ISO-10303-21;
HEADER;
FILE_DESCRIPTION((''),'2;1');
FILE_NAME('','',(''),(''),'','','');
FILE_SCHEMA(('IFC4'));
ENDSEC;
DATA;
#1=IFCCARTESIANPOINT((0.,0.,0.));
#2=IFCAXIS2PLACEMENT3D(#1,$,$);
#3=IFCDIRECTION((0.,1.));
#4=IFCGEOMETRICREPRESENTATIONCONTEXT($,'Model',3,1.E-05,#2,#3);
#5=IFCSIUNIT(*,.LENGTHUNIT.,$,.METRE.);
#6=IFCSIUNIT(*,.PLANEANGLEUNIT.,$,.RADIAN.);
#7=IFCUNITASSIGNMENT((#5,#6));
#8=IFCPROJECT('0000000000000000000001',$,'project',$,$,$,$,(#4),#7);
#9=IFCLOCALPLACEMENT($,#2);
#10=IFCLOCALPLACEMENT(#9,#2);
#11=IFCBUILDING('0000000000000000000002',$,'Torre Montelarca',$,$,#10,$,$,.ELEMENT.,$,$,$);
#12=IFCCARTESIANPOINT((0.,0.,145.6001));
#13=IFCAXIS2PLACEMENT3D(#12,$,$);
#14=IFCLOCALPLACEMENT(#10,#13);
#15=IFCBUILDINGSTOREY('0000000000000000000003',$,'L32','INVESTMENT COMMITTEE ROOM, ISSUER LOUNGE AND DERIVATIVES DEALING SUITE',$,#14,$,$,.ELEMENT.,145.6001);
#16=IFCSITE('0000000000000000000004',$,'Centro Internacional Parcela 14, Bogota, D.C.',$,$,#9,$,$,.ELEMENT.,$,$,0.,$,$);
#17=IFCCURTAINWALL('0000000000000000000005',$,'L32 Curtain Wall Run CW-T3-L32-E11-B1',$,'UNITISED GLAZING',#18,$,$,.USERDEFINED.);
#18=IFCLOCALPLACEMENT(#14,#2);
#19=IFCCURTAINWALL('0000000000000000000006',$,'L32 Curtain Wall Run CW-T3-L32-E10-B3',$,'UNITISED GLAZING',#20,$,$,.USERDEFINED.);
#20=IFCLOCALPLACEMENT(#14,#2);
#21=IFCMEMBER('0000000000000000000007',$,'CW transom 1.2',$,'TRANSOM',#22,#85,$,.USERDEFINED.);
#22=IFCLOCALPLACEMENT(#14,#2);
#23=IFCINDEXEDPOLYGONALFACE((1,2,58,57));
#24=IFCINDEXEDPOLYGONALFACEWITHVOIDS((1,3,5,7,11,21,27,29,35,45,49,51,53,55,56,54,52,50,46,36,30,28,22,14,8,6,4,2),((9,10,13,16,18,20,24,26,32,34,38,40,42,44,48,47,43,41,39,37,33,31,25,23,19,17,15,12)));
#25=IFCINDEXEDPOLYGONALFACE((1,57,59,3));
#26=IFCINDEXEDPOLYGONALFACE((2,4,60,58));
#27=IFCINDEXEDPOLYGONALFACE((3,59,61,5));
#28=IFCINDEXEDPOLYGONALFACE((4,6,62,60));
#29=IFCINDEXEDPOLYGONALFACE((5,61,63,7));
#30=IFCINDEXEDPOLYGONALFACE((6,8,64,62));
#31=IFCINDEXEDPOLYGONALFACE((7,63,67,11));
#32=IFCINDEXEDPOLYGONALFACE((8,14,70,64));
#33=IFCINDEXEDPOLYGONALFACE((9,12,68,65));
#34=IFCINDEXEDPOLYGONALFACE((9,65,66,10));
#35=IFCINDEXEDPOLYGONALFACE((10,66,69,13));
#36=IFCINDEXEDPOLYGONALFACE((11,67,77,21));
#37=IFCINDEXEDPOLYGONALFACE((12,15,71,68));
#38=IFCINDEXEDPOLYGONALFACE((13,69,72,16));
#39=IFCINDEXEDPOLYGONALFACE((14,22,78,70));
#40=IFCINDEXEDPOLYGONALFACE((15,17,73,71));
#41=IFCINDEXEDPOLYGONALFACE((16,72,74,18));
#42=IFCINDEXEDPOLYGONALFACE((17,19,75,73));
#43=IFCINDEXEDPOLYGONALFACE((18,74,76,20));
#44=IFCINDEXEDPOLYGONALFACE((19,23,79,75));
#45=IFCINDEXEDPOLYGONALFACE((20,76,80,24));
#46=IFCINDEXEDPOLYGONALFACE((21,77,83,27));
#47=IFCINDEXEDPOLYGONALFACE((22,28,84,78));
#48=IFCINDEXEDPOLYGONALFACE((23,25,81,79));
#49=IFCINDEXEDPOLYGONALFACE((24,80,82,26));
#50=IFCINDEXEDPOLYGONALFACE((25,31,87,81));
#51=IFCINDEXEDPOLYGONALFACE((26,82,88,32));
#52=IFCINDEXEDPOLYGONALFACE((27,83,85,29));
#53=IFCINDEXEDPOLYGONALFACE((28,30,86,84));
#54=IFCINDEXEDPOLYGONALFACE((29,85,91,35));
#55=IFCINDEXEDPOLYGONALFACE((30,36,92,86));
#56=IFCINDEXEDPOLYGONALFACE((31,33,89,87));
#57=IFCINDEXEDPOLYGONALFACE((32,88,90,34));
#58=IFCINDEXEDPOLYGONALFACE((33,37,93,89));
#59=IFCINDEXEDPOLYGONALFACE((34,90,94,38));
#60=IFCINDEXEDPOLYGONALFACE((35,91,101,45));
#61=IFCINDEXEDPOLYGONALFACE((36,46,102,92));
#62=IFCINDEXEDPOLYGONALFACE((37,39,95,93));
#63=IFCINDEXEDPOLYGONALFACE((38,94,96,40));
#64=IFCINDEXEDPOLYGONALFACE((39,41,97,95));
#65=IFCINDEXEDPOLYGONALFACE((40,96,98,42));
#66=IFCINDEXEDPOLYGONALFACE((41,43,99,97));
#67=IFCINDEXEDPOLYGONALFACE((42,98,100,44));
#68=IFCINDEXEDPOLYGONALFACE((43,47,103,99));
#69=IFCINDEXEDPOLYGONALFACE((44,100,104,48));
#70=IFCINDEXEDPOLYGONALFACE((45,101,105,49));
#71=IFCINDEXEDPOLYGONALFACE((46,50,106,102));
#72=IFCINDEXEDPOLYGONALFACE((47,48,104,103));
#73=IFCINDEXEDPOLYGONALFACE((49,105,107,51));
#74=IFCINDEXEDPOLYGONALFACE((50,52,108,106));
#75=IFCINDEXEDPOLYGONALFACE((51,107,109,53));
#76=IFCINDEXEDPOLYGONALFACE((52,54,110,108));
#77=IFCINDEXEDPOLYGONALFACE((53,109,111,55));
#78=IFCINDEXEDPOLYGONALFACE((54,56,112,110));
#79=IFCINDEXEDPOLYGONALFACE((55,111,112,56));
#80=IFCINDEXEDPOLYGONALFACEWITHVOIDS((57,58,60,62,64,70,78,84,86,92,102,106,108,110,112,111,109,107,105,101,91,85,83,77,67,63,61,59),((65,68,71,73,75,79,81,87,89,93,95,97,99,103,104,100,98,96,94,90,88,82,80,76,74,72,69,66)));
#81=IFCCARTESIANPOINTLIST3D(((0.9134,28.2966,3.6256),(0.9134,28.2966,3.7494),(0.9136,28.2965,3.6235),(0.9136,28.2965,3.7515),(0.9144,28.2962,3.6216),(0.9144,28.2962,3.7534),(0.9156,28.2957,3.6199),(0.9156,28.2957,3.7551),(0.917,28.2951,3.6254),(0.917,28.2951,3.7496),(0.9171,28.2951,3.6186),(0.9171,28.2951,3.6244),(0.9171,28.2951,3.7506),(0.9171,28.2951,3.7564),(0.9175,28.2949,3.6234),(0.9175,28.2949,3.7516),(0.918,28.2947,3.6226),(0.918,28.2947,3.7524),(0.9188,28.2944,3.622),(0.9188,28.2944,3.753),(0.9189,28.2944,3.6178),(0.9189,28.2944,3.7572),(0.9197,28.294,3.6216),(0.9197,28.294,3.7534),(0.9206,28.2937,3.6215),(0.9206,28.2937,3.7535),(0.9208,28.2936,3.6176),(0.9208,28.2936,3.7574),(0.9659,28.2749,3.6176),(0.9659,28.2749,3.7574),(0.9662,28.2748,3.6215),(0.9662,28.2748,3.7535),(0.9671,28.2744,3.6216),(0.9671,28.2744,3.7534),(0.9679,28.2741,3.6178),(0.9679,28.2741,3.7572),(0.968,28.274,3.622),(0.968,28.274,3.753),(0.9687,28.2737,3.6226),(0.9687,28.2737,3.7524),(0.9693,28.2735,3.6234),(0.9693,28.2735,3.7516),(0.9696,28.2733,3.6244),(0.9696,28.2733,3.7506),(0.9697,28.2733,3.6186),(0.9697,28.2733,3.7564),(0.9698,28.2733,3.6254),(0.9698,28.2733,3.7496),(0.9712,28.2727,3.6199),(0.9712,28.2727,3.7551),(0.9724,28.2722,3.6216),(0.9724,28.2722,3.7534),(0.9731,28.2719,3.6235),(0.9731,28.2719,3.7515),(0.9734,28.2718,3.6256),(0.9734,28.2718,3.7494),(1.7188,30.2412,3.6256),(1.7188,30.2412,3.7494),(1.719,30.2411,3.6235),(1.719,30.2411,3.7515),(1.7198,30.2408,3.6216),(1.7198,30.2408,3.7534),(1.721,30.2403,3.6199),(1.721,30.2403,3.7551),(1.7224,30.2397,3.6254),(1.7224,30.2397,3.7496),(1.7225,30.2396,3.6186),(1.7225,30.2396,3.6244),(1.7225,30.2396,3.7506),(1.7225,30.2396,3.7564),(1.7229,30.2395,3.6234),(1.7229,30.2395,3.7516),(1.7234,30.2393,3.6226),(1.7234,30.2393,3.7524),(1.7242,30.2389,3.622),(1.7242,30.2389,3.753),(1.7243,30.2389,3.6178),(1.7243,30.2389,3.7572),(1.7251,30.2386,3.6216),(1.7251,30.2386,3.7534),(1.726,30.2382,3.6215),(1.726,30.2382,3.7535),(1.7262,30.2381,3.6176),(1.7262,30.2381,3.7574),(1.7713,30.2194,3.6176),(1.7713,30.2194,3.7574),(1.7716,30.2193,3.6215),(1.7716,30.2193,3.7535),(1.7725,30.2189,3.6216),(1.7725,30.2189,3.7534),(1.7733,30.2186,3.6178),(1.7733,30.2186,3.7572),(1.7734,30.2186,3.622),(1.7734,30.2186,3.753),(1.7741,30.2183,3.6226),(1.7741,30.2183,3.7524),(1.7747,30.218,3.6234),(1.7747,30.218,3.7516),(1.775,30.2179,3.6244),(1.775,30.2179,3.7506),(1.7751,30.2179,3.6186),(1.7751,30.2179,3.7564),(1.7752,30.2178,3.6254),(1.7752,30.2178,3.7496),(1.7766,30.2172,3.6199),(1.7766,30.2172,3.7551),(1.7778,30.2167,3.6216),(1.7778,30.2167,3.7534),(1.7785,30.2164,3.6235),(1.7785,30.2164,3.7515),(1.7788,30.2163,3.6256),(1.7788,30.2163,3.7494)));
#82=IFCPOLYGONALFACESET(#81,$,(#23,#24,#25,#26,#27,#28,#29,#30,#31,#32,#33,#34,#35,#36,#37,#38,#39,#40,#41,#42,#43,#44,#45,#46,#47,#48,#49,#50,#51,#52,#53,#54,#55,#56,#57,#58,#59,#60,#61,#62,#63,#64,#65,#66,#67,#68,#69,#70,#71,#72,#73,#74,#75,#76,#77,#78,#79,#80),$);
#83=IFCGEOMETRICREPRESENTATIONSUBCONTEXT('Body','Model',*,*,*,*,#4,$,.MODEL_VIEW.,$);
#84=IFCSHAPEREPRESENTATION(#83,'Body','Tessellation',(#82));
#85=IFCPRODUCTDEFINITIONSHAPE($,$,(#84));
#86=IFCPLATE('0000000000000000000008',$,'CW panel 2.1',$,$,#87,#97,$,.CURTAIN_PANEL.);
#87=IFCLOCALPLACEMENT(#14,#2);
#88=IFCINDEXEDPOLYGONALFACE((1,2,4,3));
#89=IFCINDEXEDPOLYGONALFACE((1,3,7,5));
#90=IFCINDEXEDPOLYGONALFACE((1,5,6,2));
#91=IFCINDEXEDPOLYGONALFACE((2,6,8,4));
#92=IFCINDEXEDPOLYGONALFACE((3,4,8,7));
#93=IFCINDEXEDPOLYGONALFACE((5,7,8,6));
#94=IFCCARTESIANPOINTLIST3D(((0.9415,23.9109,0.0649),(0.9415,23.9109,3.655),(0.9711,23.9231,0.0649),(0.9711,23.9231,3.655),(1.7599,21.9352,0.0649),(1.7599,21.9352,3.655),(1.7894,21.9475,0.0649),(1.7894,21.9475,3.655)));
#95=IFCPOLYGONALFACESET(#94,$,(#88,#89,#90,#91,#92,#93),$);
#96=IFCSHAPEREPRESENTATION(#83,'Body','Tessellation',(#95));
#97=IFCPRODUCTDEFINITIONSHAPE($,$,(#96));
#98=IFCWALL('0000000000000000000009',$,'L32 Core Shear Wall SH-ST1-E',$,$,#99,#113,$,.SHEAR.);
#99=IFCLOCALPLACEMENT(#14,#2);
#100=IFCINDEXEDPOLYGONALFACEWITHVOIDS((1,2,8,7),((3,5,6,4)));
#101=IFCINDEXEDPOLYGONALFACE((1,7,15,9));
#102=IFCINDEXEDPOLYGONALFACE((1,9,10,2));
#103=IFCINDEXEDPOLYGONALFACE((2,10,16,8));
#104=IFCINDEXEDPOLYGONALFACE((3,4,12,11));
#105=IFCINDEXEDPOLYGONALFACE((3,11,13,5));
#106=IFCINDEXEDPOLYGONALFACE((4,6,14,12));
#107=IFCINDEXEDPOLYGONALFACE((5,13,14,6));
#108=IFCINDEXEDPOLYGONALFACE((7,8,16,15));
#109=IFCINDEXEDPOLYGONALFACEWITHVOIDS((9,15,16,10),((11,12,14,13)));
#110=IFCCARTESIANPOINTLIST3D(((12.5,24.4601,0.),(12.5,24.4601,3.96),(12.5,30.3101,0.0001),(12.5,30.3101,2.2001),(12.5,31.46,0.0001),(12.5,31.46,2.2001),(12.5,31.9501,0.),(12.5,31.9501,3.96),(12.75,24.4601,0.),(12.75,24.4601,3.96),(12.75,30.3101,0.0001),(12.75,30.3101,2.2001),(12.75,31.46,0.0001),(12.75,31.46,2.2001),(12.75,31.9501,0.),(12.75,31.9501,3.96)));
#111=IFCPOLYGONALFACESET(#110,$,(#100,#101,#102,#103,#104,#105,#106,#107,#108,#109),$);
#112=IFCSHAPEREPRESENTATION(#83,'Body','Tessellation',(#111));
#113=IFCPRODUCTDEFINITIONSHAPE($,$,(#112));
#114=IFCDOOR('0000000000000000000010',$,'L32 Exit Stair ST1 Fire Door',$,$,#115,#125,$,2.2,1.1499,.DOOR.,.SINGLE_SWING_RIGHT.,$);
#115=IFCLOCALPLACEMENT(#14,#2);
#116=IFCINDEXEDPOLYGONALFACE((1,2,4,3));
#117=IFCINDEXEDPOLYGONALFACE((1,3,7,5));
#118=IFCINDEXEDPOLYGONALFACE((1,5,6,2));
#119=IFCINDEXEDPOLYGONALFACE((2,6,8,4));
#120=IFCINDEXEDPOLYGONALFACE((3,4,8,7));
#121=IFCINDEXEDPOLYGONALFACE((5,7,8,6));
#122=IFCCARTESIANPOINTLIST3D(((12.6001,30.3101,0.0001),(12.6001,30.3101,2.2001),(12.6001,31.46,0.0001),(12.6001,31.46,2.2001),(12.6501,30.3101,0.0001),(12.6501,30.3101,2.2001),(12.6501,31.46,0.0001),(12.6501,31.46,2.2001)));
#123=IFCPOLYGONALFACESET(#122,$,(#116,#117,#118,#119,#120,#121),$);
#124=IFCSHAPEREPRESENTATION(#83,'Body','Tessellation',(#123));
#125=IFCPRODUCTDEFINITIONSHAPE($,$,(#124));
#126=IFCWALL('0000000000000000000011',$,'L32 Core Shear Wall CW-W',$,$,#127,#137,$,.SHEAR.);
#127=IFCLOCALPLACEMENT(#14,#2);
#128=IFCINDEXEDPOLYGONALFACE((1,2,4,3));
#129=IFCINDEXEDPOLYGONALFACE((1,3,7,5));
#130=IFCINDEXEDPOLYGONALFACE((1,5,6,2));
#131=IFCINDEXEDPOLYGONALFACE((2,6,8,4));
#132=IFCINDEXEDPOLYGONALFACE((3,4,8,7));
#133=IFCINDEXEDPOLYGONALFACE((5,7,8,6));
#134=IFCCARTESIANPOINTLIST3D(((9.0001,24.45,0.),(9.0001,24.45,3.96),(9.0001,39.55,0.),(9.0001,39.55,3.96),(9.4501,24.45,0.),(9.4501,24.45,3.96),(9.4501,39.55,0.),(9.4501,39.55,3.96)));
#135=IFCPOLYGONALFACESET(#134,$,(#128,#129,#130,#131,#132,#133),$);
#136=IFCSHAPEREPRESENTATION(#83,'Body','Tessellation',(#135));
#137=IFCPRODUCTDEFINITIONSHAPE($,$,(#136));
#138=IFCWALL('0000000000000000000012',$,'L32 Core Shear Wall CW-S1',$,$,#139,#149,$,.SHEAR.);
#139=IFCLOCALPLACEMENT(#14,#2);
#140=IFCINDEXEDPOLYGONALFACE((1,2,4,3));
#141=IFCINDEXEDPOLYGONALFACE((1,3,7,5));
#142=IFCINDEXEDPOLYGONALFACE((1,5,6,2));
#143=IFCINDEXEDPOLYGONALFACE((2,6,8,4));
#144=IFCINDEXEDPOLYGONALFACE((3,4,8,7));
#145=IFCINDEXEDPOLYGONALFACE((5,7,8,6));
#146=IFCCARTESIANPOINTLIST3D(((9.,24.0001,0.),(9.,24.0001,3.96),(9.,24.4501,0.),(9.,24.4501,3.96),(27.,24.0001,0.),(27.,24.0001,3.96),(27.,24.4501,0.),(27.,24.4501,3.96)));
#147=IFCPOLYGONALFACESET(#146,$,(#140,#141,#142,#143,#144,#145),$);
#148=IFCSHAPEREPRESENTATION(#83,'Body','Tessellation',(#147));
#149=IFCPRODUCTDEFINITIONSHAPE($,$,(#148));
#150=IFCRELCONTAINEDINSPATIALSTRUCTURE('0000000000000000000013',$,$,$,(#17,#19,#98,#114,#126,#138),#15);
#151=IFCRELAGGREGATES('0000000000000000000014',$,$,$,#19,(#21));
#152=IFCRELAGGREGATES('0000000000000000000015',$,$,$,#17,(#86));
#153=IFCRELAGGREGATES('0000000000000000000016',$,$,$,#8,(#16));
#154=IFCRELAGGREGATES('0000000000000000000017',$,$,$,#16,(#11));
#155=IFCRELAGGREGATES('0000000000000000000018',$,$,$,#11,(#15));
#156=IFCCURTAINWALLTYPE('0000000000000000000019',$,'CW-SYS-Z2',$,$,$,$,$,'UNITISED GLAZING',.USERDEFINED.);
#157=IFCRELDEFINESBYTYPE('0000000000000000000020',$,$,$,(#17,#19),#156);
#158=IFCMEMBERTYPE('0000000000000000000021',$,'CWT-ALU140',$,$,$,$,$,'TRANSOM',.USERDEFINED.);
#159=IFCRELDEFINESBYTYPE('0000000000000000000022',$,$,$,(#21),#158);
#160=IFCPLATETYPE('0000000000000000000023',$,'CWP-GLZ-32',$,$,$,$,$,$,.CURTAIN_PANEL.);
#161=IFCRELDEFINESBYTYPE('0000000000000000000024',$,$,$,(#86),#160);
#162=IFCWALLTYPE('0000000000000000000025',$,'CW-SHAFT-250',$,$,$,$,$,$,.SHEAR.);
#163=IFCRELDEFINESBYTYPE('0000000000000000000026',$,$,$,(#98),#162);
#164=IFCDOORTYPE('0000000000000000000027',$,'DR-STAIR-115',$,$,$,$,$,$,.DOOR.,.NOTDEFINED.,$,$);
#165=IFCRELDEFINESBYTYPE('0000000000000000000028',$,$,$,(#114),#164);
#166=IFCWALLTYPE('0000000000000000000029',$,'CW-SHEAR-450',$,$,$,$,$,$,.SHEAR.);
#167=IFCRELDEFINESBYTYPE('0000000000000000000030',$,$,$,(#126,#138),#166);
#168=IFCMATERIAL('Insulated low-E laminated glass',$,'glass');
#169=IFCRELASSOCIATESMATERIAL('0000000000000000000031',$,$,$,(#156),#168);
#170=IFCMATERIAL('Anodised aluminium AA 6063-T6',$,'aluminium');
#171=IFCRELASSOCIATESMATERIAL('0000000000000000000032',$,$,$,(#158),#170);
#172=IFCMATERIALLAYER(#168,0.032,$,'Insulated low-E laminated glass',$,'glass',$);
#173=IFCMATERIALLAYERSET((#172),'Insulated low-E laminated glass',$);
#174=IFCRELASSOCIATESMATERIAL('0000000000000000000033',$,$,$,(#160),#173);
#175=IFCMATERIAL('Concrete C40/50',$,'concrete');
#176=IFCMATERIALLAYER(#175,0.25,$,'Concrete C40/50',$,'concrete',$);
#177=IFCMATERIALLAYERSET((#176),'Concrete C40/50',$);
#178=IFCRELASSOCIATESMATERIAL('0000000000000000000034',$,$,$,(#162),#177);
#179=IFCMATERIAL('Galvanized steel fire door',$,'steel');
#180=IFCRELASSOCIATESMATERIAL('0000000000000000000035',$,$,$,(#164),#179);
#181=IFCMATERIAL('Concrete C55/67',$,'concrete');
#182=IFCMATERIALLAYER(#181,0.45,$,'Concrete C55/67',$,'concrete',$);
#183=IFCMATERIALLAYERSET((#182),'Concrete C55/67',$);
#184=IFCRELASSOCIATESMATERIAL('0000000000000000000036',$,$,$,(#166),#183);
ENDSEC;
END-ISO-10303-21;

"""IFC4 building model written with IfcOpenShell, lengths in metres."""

from ifc_helpers import new_model, si_unit, direction, frame, frame_2d, origin, origin_2d, place, context, subcontext, project, spatial, rectangle, hollow_rectangle, extrude, source, transform, mapped, material, layer, layer_set, material_profile, profile_set, type_object, element, fill, aggregate, save


model = new_model("IFC4")

# Units and contexts
model_context = context("Model", 3, precision=1e-05, world=origin(), true_north=direction((0.0, 1.0)))
body_context = subcontext(model_context, "Body", "Model", "MODEL_VIEW")
ifc_project = project(units=[si_unit("LENGTHUNIT", "METRE"), si_unit("PLANEANGLEUNIT", "RADIAN")], contexts=[model_context])

# Site, building, storey
site_placement = place(None, origin())
site = spatial("IfcSite", under=ifc_project, at=site_placement, Name="Centro Internacional Parcela 14, Bogota, D.C.", CompositionType="ELEMENT", RefElevation=0.0)
building_placement = place(site_placement, origin())
building = spatial("IfcBuilding", under=site, at=building_placement, Name="Torre Montelarca", CompositionType="ELEMENT")
storey_placement = place(building_placement, frame((0.0, 0.0, 145.6001)))
storey = spatial("IfcBuildingStorey", under=building, at=storey_placement, Name="L32", Description="INVESTMENT COMMITTEE ROOM, ISSUER LOUNGE AND DERIVATIVES DEALING SUITE", CompositionType="ELEMENT", Elevation=145.6001)

# Shared definitions
ifc_material_1 = material(Name="Concrete C55/67", Category="concrete")

# Curtain wall
ifc_material_2 = material(Name="Insulated low-E laminated glass", Category="glass")
curtain_wall_type = type_object("IfcCurtainWallType", Name="CW-SYS-Z2", ElementType="UNITISED GLAZING", PredefinedType="USERDEFINED", material=ifc_material_2)
curtain_wall_1_placement = place(storey_placement, origin())
curtain_wall_1 = element("IfcCurtainWall", 1, at=curtain_wall_1_placement, inside=storey, type_object=curtain_wall_type, Name="L32 Curtain Wall Run CW-T3-L32-E11-B1", ObjectType="UNITISED GLAZING", PredefinedType="USERDEFINED")
ifc_material_3 = material(Name="Anodised aluminium AA 6063-T6", Category="aluminium")

# Curtain wall, member
curtain_wall_2_placement = place(storey_placement, origin())
curtain_wall_2 = element("IfcCurtainWall", 2, at=curtain_wall_2_placement, inside=storey, type_object=curtain_wall_type, Name="L32 Curtain Wall Run CW-T3-L32-E10-B3", ObjectType="UNITISED GLAZING", PredefinedType="USERDEFINED")
ifc_material_profile_1 = material_profile(ifc_material_3, hollow_rectangle(XDim=0.0649, YDim=0.1399, WallThickness=0.0039, InnerFilletRadius=0.0039, OuterFilletRadius=0.0081, at=origin_2d()), Name="ALU65X140X4", Category="aluminium")
ifc_profile_set_1 = profile_set([ifc_material_profile_1], Name="Anodised aluminium AA 6063-T6")
member_type_1 = type_object("IfcMemberType", Name="CWT-ALU140", ElementType="TRANSOM", PredefinedType="USERDEFINED", material=ifc_profile_set_1)
shared_shape_1 = source(origin(), body_context, "Body", "SweptSolid", [
    extrude(hollow_rectangle(XDim=0.0649, YDim=0.1399, WallThickness=0.0039, InnerFilletRadius=0.0039, OuterFilletRadius=0.0081, at=origin_2d()), origin(), (0.0, 0.0, 1.0), 2.1047),
])
member_1_placement = place(storey_placement, frame((1.7488, 30.2288, 3.6875), z_axis=(-0.382663, -0.923888, 0.0), x_axis=(0.923888, -0.382663, 0.0)))
member_1 = element("IfcMember", 3, at=member_1_placement, type_object=member_type_1, Name="CW transom 1.2", ObjectType="TRANSOM", PredefinedType="USERDEFINED", context=body_context, shape_type="MappedRepresentation", body=[
    mapped(shared_shape_1, transform((0.0, 0.0, 0.0), scale=1.0)),
])
aggregate(curtain_wall_2, [member_1])

# Plate
ifc_layer_1 = layer(ifc_material_2, 0.032, Name="Insulated low-E laminated glass", Category="glass")
ifc_layer_set_1 = layer_set([ifc_layer_1], Name="Insulated low-E laminated glass")
plate_type = type_object("IfcPlateType", Name="CWP-GLZ-32", PredefinedType="CURTAIN_PANEL", material=ifc_layer_set_1)
shared_shape_2 = source(origin(), body_context, "Body", "SweptSolid", [
    extrude(rectangle(XDim=2.1384, YDim=0.032, at=origin_2d()), origin(), (0.0, 0.0, 1.0), 3.5901),
])
plate_placement = place(storey_placement, frame((1.3655, 22.9292, 0.0649), z_axis=(0.0, 0.0, 1.0), x_axis=(0.382671, -0.923885, 0.0)))
plate = element("IfcPlate", 4, at=plate_placement, type_object=plate_type, Name="CW panel 2.1", PredefinedType="CURTAIN_PANEL", context=body_context, shape_type="MappedRepresentation", body=[
    mapped(shared_shape_2, transform((0.0, 0.0, 0.0), scale=1.0)),
])
aggregate(curtain_wall_1, [plate])

# Wall, opening, door
ifc_material_4 = material(Name="Concrete C40/50", Category="concrete")
ifc_layer_2 = layer(ifc_material_4, 0.25, Name="Concrete C40/50", Category="concrete")
ifc_layer_set_2 = layer_set([ifc_layer_2], Name="Concrete C40/50")
wall_type_1 = type_object("IfcWallType", Name="CW-SHAFT-250", PredefinedType="SHEAR", material=ifc_layer_set_2)
wall_1_placement = place(storey_placement, frame((12.625, 24.46, 0.0), z_axis=(0.0, 0.0, 1.0), x_axis=(0.0, 1.0, 0.0)))
wall_1 = element("IfcWall", 5, at=wall_1_placement, inside=storey, type_object=wall_type_1, Name="L32 Core Shear Wall SH-ST1-E", PredefinedType="SHEAR", context=body_context, shape_type="SweptSolid", body=[
    extrude(rectangle(XDim=7.49, YDim=0.25, at=frame_2d((3.7451, 0.0))), origin(), (0.0, 0.0, 1.0), 3.96),
])
opening_1_placement = place(wall_1_placement, frame((5.8501, 0.0, 0.0)))
opening_1 = element("IfcOpeningElement", 6, at=opening_1_placement, cuts=wall_1, PredefinedType="OPENING", context=body_context, shape_type="SweptSolid", body=[
    extrude(rectangle(XDim=1.1499, YDim=2.2, at=frame_2d((0.575, 1.1001))), frame((0.0, 0.135, 0.0), z_axis=(0.0, -1.0, 0.0), x_axis=(1.0, 0.0, 0.0)), (0.0, 0.0, 1.0), 0.27),
])
ifc_material_5 = material(Name="Galvanized steel fire door", Category="steel")
door_type_1 = type_object("IfcDoorType", Name="DR-STAIR-115", OperationType="NOTDEFINED", PredefinedType="DOOR", material=ifc_material_5)
shared_shape_3 = source(origin(), body_context, "Body", "SweptSolid", [
    extrude(rectangle(XDim=1.1499, YDim=2.2, at=frame_2d((0.575, 1.1001))), frame((0.0, 0.0249, 0.0), z_axis=(0.0, -1.0, 0.0), x_axis=(1.0, 0.0, 0.0)), (0.0, 0.0, 1.0), 0.05),
])
door_1_placement = place(opening_1_placement, origin())
door_1 = element("IfcDoor", 7, at=door_1_placement, inside=storey, type_object=door_type_1, Name="L32 Exit Stair ST1 Fire Door", OperationType="SINGLE_SWING_RIGHT", OverallHeight=2.2, OverallWidth=1.1499, PredefinedType="DOOR", context=body_context, shape_type="MappedRepresentation", body=[
    mapped(shared_shape_3, transform((0.0, 0.0, 0.0), scale=1.0)),
])
fill(opening_1, door_1)

# Walls
ifc_layer_3 = layer(ifc_material_1, 0.45, Name="Concrete C55/67", Category="concrete")
ifc_layer_set_3 = layer_set([ifc_layer_3], Name="Concrete C55/67")
wall_type_2 = type_object("IfcWallType", Name="CW-SHEAR-450", PredefinedType="SHEAR", material=ifc_layer_set_3)
wall_2_placement = place(storey_placement, frame((9.2251, 24.45, 0.0), z_axis=(0.0, 0.0, 1.0), x_axis=(0.0, 1.0, 0.0)))
element("IfcWall", 8, at=wall_2_placement, inside=storey, type_object=wall_type_2, Name="L32 Core Shear Wall CW-W", PredefinedType="SHEAR", context=body_context, shape_type="SweptSolid", body=[
    extrude(rectangle(XDim=15.1001, YDim=0.45, at=frame_2d((7.55, 0.0))), origin(), (0.0, 0.0, 1.0), 3.96),
])
wall_3_placement = place(storey_placement, frame((9.0, 24.2251, 0.0), z_axis=(0.0, 0.0, 1.0), x_axis=(1.0, 0.0, 0.0)))
element("IfcWall", 9, at=wall_3_placement, inside=storey, type_object=wall_type_2, Name="L32 Core Shear Wall CW-S1", PredefinedType="SHEAR", context=body_context, shape_type="SweptSolid", body=[
    extrude(rectangle(XDim=18.0, YDim=0.45, at=frame_2d((9.0, 0.0))), origin(), (0.0, 0.0, 1.0), 3.96),
])

save(model, "model.ifc")
